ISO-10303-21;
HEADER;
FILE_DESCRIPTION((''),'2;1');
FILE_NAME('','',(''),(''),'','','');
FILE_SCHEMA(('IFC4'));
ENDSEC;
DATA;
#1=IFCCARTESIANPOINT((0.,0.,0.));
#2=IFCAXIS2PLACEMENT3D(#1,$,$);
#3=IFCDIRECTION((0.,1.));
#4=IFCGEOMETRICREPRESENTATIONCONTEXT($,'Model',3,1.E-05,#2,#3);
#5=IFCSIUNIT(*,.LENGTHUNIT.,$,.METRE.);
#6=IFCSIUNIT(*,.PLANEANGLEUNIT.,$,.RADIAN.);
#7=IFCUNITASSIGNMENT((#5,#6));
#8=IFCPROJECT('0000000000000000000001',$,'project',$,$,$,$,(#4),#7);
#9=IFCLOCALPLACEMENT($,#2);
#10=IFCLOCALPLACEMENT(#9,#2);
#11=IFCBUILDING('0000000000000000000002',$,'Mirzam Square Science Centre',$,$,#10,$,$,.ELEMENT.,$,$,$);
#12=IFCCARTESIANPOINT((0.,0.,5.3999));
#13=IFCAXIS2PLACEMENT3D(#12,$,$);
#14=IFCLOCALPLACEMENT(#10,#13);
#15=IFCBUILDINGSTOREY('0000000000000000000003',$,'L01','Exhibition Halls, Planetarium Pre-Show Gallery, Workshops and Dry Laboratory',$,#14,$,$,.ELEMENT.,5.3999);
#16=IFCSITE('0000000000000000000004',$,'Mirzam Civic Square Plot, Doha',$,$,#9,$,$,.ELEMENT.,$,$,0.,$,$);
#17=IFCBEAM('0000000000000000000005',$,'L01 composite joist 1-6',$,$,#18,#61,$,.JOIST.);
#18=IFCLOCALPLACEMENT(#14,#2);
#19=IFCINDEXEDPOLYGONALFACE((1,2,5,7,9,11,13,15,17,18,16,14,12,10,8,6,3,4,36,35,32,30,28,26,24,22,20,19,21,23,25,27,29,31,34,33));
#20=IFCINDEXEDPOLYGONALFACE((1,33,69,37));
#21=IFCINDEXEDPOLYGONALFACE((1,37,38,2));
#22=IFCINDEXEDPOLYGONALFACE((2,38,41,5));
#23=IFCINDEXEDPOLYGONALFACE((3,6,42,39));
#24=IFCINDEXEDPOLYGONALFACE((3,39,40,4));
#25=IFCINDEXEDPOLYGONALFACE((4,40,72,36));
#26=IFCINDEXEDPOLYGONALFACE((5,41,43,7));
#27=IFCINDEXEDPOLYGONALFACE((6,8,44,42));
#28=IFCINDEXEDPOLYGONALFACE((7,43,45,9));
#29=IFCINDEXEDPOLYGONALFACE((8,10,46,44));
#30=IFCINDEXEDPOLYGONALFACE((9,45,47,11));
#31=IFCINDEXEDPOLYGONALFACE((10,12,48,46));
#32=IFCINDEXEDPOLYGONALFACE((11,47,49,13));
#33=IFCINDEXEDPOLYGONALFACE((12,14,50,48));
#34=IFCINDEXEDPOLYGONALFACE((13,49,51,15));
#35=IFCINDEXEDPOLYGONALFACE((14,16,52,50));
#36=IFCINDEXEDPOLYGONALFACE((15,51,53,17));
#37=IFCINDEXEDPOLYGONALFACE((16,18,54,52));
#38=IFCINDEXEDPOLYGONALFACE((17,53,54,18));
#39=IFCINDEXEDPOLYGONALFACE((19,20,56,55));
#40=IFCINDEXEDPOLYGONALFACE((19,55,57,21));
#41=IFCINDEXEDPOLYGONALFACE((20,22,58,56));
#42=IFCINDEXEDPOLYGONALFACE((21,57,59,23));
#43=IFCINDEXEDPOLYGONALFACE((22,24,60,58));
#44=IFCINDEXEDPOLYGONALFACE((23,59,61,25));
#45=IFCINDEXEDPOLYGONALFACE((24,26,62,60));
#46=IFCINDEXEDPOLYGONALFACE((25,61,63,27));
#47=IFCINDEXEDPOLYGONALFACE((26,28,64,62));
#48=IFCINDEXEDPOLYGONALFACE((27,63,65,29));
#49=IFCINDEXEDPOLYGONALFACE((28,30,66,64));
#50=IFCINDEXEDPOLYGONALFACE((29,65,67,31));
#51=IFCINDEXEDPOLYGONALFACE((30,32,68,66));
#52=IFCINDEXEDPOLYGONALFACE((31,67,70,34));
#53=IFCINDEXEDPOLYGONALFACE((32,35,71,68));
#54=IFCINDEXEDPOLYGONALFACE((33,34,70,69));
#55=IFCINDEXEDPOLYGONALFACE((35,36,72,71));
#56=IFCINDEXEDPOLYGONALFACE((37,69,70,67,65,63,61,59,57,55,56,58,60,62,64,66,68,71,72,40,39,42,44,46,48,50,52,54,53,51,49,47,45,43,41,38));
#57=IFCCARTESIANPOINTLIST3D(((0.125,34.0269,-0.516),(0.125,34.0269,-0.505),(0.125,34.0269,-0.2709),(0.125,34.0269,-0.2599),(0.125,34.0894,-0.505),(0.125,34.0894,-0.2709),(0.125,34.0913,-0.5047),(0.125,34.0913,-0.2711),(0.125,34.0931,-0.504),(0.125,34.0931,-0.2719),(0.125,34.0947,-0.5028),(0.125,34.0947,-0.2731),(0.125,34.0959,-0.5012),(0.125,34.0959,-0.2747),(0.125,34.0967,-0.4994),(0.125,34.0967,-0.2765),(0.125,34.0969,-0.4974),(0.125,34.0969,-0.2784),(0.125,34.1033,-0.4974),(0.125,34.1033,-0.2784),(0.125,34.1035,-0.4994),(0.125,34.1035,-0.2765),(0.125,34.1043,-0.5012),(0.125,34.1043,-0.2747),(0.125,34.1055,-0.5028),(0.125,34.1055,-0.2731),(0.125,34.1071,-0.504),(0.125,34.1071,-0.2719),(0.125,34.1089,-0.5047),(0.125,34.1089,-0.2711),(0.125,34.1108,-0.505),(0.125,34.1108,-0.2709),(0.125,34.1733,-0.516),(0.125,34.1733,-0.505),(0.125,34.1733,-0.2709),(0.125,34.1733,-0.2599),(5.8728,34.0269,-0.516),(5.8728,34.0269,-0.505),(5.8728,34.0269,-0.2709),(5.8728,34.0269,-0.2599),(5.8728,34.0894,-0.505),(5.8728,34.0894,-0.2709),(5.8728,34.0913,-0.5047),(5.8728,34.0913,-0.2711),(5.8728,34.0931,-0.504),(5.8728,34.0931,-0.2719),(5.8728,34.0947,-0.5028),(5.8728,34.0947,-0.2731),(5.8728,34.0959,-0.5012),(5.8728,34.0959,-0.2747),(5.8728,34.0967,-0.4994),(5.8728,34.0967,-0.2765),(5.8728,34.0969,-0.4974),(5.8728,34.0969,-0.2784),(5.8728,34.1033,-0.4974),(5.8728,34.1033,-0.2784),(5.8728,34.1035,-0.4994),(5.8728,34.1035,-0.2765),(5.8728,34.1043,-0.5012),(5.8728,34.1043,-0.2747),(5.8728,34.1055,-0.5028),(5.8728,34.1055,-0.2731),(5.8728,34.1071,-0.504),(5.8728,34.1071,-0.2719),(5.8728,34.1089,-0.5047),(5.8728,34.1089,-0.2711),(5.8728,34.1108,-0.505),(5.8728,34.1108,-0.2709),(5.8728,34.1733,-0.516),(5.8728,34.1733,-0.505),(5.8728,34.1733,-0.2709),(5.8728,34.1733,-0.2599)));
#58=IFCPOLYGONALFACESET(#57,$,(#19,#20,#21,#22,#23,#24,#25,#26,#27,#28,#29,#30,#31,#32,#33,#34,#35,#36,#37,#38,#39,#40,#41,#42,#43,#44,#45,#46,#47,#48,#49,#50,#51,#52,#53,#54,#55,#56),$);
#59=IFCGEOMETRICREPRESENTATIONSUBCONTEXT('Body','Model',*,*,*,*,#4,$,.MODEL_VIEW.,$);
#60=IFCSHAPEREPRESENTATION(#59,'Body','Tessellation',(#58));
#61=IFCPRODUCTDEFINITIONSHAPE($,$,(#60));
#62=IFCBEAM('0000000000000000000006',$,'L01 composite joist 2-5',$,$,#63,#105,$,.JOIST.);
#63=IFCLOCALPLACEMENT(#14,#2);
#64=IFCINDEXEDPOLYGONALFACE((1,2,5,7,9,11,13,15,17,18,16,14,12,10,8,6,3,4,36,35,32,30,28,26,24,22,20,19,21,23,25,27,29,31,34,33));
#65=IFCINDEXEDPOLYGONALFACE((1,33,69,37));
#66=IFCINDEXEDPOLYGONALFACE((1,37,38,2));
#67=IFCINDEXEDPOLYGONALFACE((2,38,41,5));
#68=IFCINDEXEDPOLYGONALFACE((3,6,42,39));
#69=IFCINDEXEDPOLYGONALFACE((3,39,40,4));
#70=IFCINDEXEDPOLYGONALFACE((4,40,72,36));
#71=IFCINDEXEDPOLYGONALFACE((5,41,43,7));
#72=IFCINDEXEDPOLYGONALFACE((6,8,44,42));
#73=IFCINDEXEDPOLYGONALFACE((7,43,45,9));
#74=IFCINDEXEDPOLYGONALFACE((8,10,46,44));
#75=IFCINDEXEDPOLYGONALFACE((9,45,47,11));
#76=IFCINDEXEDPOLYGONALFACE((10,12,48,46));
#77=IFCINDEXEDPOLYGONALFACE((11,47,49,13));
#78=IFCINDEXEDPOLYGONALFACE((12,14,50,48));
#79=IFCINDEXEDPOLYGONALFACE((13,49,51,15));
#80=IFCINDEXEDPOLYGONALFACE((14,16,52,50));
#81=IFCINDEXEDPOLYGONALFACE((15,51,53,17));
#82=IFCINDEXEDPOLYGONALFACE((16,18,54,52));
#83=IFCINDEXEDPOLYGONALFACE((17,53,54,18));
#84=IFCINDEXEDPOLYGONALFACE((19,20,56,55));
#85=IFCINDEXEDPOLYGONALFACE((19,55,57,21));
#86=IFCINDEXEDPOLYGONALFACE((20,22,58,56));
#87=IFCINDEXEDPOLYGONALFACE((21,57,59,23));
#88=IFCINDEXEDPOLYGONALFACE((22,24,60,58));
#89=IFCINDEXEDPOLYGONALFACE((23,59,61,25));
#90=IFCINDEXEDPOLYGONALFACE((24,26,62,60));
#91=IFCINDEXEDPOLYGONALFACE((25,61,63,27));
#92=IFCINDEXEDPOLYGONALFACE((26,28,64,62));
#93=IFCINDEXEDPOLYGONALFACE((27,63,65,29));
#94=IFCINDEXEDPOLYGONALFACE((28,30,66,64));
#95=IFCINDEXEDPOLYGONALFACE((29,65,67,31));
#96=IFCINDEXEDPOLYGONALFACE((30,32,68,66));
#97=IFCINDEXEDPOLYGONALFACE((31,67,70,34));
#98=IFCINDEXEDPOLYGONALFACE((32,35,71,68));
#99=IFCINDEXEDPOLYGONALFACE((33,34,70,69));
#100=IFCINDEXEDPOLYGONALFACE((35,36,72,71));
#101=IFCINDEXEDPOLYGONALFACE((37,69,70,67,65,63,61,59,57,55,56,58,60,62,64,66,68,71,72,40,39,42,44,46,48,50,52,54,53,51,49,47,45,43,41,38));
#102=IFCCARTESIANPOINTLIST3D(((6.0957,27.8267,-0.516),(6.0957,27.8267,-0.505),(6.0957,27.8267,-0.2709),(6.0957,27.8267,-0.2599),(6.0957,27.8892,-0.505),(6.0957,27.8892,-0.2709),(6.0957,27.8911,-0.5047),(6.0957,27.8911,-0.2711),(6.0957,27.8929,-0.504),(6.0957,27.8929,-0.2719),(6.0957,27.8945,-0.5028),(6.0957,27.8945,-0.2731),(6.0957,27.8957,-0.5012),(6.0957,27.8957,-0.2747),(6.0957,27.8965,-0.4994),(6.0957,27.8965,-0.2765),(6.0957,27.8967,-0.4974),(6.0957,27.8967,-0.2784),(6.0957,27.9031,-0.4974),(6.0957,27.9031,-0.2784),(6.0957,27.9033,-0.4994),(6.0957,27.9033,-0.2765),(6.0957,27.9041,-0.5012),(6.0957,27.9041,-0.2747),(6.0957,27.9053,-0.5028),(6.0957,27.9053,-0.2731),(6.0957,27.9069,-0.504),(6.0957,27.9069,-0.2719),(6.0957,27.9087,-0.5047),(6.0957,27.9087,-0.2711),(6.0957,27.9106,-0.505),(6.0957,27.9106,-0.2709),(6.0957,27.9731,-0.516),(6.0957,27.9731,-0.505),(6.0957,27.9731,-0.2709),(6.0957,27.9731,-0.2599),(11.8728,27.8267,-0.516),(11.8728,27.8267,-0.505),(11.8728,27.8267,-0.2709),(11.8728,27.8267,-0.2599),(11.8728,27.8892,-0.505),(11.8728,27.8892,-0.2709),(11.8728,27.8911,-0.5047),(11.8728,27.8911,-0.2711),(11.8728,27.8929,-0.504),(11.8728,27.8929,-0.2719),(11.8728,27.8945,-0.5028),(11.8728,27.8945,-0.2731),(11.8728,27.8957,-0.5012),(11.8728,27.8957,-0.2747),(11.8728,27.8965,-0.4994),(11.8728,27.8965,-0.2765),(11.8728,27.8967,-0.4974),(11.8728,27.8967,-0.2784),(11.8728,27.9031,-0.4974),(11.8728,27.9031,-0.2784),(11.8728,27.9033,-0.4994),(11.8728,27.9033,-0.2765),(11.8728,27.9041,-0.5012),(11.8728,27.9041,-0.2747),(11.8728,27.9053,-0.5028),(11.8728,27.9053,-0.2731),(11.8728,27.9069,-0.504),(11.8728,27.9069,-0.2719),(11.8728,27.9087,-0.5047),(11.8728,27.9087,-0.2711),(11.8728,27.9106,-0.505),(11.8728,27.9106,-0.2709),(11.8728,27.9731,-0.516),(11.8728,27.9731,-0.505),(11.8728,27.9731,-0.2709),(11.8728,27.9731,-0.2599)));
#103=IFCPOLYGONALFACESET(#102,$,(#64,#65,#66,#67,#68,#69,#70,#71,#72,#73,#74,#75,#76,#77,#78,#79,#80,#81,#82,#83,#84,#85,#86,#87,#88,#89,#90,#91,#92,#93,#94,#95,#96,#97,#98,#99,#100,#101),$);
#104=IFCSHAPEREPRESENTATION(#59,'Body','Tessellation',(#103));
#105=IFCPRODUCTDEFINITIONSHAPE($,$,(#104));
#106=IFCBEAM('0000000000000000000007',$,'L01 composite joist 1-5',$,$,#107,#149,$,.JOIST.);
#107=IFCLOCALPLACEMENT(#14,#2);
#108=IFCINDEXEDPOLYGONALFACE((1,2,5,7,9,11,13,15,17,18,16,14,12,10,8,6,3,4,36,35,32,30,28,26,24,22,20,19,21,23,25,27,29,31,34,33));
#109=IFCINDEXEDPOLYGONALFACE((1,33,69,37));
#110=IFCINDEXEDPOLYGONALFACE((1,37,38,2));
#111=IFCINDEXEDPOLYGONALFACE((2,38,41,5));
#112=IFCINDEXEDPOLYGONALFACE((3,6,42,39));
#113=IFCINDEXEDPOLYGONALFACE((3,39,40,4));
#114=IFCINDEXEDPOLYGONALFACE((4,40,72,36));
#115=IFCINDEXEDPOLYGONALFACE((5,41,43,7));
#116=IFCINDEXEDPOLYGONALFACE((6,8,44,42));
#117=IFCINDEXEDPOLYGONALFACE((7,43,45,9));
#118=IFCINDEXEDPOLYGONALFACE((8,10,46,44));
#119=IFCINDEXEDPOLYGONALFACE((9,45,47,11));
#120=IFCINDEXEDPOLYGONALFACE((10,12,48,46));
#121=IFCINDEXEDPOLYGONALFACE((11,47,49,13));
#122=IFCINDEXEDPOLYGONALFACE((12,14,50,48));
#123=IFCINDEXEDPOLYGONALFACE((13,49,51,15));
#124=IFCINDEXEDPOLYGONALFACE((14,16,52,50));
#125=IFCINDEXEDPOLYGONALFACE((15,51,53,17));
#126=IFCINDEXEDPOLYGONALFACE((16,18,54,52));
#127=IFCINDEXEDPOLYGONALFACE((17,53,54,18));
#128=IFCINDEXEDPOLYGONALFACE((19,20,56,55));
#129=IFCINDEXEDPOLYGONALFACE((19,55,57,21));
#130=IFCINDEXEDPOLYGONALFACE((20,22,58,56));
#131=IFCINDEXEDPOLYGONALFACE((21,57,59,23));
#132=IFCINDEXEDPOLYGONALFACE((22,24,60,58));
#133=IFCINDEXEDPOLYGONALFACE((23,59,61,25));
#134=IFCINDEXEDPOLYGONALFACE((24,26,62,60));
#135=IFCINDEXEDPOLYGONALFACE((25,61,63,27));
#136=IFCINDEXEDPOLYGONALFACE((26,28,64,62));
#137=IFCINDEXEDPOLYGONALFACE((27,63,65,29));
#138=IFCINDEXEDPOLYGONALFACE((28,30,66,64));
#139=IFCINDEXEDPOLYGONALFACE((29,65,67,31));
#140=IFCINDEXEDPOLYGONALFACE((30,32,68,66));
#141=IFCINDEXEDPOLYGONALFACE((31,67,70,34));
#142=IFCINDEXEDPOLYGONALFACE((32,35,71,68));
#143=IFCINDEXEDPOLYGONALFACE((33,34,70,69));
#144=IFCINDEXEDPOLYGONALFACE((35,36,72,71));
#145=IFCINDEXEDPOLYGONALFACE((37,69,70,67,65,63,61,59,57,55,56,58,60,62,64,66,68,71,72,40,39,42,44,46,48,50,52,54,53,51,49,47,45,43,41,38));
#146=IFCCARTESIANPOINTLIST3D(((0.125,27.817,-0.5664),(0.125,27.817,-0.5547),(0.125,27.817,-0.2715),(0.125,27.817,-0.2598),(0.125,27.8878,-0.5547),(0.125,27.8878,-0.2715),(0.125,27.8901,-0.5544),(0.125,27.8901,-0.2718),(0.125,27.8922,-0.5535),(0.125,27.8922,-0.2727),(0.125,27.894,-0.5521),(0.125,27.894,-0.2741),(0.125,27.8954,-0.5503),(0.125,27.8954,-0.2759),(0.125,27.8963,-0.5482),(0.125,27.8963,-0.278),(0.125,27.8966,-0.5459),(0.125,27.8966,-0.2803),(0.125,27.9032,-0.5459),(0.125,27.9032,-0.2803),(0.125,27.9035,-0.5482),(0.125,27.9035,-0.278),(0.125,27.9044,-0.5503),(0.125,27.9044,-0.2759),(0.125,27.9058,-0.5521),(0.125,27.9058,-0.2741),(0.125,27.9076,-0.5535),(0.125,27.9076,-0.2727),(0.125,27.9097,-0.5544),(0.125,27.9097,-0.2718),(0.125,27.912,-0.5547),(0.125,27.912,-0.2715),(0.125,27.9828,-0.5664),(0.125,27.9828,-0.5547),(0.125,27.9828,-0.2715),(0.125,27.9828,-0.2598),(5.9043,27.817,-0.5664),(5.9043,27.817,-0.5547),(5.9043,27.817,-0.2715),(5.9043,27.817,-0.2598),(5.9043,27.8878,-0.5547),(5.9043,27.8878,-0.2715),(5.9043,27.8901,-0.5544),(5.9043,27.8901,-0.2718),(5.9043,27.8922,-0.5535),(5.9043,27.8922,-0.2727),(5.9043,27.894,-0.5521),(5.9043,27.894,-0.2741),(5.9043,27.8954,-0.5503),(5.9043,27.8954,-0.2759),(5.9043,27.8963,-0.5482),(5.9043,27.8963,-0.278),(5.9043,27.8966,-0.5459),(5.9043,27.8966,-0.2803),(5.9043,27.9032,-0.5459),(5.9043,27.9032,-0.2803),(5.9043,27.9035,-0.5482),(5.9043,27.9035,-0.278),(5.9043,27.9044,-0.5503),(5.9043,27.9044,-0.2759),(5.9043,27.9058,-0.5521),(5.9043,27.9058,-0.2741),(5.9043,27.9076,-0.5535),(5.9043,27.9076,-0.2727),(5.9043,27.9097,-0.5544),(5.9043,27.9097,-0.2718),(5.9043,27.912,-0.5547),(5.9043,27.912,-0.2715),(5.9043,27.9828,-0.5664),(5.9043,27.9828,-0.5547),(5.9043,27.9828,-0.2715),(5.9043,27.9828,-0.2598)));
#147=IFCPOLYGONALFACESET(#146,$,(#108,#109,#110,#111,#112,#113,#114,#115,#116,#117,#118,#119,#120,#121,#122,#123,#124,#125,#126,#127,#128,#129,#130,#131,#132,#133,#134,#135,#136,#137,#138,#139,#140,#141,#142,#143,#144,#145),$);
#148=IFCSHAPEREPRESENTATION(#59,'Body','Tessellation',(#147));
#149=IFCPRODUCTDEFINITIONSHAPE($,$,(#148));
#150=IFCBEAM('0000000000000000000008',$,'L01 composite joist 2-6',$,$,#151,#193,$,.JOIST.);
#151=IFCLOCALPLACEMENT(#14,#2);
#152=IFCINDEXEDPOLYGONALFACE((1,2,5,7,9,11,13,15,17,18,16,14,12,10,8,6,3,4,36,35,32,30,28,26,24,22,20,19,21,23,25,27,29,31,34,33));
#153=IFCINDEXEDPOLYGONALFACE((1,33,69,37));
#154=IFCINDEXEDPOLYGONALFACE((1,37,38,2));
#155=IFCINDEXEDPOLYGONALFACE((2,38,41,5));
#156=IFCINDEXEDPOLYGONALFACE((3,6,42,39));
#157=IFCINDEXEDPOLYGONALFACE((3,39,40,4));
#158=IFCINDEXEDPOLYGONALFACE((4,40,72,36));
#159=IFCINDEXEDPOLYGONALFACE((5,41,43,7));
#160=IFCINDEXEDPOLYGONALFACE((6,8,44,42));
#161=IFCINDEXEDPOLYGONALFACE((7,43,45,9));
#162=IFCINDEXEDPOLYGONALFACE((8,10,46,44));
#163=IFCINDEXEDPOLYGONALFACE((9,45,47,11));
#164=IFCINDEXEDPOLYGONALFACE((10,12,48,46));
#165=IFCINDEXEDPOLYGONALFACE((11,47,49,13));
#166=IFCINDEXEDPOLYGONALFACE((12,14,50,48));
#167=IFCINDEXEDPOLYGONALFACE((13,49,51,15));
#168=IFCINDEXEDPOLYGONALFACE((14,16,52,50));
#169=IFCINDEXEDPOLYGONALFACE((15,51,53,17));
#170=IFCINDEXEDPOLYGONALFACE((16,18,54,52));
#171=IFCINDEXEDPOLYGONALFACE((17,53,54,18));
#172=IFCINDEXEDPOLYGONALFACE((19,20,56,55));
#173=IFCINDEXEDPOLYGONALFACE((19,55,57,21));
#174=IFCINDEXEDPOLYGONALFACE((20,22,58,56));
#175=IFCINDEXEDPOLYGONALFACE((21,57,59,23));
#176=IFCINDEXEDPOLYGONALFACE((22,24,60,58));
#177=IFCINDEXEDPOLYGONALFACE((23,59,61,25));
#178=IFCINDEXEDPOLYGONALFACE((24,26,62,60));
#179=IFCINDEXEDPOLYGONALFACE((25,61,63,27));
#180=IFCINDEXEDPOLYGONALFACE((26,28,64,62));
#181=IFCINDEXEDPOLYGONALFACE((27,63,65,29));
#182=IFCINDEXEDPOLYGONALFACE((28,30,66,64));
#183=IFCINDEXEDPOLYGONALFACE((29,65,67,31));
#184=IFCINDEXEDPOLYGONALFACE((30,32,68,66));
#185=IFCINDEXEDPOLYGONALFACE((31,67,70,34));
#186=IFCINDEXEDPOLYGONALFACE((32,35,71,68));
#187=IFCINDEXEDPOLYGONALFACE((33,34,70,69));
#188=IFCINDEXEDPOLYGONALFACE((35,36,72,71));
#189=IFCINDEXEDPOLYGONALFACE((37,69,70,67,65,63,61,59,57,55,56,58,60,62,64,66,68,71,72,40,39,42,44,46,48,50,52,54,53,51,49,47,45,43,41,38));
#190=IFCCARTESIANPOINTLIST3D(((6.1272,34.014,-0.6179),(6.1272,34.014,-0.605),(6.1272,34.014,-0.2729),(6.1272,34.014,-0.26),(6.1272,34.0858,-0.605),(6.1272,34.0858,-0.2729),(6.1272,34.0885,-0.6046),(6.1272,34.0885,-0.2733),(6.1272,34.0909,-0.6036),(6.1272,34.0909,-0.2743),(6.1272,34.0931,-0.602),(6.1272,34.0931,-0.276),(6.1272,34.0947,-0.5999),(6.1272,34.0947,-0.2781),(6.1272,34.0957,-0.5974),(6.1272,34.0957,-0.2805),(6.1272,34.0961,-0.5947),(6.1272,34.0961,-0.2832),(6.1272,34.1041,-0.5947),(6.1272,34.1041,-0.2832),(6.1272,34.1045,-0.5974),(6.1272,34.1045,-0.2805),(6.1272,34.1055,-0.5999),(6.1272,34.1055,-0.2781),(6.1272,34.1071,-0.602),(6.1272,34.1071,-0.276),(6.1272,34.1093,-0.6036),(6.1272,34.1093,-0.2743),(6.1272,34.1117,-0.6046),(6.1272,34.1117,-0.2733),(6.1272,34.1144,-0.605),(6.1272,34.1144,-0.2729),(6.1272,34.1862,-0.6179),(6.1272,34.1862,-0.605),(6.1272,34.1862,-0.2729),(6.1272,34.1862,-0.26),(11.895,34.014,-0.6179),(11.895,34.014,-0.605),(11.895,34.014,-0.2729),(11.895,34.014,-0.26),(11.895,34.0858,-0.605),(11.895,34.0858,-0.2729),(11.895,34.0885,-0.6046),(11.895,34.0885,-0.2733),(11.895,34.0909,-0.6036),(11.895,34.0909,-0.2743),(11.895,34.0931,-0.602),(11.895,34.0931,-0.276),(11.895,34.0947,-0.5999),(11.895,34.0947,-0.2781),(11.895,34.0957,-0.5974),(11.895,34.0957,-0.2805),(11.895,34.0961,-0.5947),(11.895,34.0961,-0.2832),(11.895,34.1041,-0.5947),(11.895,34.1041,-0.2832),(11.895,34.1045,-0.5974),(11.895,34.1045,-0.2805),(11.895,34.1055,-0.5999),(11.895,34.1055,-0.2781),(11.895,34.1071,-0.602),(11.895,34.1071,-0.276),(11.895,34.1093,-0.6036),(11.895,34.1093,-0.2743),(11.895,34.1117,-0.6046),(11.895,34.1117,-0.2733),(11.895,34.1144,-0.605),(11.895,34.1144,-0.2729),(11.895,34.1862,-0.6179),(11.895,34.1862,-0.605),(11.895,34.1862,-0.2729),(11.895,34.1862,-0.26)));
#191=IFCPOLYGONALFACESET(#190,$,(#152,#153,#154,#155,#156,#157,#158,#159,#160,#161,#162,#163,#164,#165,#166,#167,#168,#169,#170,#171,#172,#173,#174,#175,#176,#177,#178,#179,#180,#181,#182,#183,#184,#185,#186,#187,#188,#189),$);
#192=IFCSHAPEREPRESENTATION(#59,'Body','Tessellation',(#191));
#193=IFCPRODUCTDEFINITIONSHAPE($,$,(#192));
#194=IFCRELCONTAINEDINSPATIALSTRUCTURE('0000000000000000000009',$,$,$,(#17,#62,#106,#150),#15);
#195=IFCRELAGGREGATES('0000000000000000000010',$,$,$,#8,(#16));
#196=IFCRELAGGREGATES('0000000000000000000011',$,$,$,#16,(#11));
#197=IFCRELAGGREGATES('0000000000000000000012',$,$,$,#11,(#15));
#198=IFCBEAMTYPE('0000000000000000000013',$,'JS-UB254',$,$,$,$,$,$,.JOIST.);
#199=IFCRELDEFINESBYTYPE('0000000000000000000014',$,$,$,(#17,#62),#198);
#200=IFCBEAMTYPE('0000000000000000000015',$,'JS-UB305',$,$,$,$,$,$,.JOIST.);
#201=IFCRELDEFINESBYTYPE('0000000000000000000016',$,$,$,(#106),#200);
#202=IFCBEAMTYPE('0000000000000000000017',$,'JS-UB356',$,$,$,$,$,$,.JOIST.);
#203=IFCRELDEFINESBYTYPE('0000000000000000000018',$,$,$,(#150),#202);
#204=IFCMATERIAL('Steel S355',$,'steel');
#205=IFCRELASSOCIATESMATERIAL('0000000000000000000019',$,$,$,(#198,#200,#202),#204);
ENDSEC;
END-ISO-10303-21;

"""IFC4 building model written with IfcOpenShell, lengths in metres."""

from ifc_helpers import new_model, si_unit, direction, frame, origin, origin_2d, place, context, subcontext, project, spatial, i_section, extrude, material, material_profile, profile_set, type_object, element, save


model = new_model("IFC4")

# Units and contexts
model_context = context("Model", 3, precision=1e-05, world=origin(), true_north=direction((0.0, 1.0)))
body_context = subcontext(model_context, "Body", "Model", "MODEL_VIEW")
ifc_project = project(units=[si_unit("LENGTHUNIT", "METRE"), si_unit("PLANEANGLEUNIT", "RADIAN")], contexts=[model_context])

# Site, building, storey
site_placement = place(None, origin())
site = spatial("IfcSite", under=ifc_project, at=site_placement, Name="Mirzam Civic Square Plot, Doha", CompositionType="ELEMENT", RefElevation=0.0)
building_placement = place(site_placement, origin())
building = spatial("IfcBuilding", under=site, at=building_placement, Name="Mirzam Square Science Centre", CompositionType="ELEMENT")
storey_placement = place(building_placement, frame((0.0, 0.0, 5.3999)))
storey = spatial("IfcBuildingStorey", under=building, at=storey_placement, Name="L01", Description="Exhibition Halls, Planetarium Pre-Show Gallery, Workshops and Dry Laboratory", CompositionType="ELEMENT", Elevation=5.3999)

# Shared definitions
ifc_material_1 = material(Name="Steel S355", Category="steel")

# Beams
ifc_material_profile_1 = material_profile(ifc_material_1, i_section(OverallWidth=0.1465, OverallDepth=0.2561, WebThickness=0.0063, FlangeThickness=0.011, FilletRadius=0.0076, at=origin_2d()), Name="254x146x37UB")
ifc_profile_set_1 = profile_set([ifc_material_profile_1], Name="Steel S355")
beam_type_1 = type_object("IfcBeamType", Name="JS-UB254", PredefinedType="JOIST", material=ifc_profile_set_1)
beam_1_placement = place(storey_placement, frame((0.125, 34.1001, -0.3879), z_axis=(1.0, 0.0, 0.0), x_axis=(0.0, 1.0, 0.0)))
element("IfcBeam", 1, at=beam_1_placement, inside=storey, type_object=beam_type_1, Name="L01 composite joist 1-6", PredefinedType="JOIST", context=body_context, shape_type="SweptSolid", body=[
    extrude(i_section(OverallWidth=0.1465, OverallDepth=0.2561, WebThickness=0.0063, FlangeThickness=0.011, FilletRadius=0.0076, at=origin_2d()), origin(), (0.0, 0.0, 1.0), 5.7478),
])
beam_2_placement = place(storey_placement, frame((6.0957, 27.8999, -0.3879), z_axis=(1.0, 0.0, 0.0), x_axis=(0.0, 1.0, 0.0)))
element("IfcBeam", 2, at=beam_2_placement, inside=storey, type_object=beam_type_1, Name="L01 composite joist 2-5", PredefinedType="JOIST", context=body_context, shape_type="SweptSolid", body=[
    extrude(i_section(OverallWidth=0.1465, OverallDepth=0.2561, WebThickness=0.0063, FlangeThickness=0.011, FilletRadius=0.0076, at=origin_2d()), origin(), (0.0, 0.0, 1.0), 5.7771),
])
ifc_material_profile_2 = material_profile(ifc_material_1, i_section(OverallWidth=0.1658, OverallDepth=0.3066, WebThickness=0.0066, FlangeThickness=0.0117, FilletRadius=0.0088, at=origin_2d()), Name="305x165x46UB")
ifc_profile_set_2 = profile_set([ifc_material_profile_2], Name="Steel S355")
beam_type_2 = type_object("IfcBeamType", Name="JS-UB305", PredefinedType="JOIST", material=ifc_profile_set_2)
beam_3_placement = place(storey_placement, frame((0.125, 27.8999, -0.4131), z_axis=(1.0, 0.0, 0.0), x_axis=(0.0, 1.0, 0.0)))
element("IfcBeam", 3, at=beam_3_placement, inside=storey, type_object=beam_type_2, Name="L01 composite joist 1-5", PredefinedType="JOIST", context=body_context, shape_type="SweptSolid", body=[
    extrude(i_section(OverallWidth=0.1658, OverallDepth=0.3066, WebThickness=0.0066, FlangeThickness=0.0117, FilletRadius=0.0088, at=origin_2d()), origin(), (0.0, 0.0, 1.0), 5.7793),
])
ifc_material_profile_3 = material_profile(ifc_material_1, i_section(OverallWidth=0.1721, OverallDepth=0.3579, WebThickness=0.0081, FlangeThickness=0.0129, FilletRadius=0.0103, at=origin_2d()), Name="356x171x57UB")
ifc_profile_set_3 = profile_set([ifc_material_profile_3], Name="Steel S355")
beam_type_3 = type_object("IfcBeamType", Name="JS-UB356", PredefinedType="JOIST", material=ifc_profile_set_3)
beam_4_placement = place(storey_placement, frame((6.1272, 34.1001, -0.439), z_axis=(1.0, 0.0, 0.0), x_axis=(0.0, 1.0, 0.0)))
element("IfcBeam", 4, at=beam_4_placement, inside=storey, type_object=beam_type_3, Name="L01 composite joist 2-6", PredefinedType="JOIST", context=body_context, shape_type="SweptSolid", body=[
    extrude(i_section(OverallWidth=0.1721, OverallDepth=0.3579, WebThickness=0.0081, FlangeThickness=0.0129, FilletRadius=0.0103, at=origin_2d()), origin(), (0.0, 0.0, 1.0), 5.7678),
])

save(model, "model.ifc")
